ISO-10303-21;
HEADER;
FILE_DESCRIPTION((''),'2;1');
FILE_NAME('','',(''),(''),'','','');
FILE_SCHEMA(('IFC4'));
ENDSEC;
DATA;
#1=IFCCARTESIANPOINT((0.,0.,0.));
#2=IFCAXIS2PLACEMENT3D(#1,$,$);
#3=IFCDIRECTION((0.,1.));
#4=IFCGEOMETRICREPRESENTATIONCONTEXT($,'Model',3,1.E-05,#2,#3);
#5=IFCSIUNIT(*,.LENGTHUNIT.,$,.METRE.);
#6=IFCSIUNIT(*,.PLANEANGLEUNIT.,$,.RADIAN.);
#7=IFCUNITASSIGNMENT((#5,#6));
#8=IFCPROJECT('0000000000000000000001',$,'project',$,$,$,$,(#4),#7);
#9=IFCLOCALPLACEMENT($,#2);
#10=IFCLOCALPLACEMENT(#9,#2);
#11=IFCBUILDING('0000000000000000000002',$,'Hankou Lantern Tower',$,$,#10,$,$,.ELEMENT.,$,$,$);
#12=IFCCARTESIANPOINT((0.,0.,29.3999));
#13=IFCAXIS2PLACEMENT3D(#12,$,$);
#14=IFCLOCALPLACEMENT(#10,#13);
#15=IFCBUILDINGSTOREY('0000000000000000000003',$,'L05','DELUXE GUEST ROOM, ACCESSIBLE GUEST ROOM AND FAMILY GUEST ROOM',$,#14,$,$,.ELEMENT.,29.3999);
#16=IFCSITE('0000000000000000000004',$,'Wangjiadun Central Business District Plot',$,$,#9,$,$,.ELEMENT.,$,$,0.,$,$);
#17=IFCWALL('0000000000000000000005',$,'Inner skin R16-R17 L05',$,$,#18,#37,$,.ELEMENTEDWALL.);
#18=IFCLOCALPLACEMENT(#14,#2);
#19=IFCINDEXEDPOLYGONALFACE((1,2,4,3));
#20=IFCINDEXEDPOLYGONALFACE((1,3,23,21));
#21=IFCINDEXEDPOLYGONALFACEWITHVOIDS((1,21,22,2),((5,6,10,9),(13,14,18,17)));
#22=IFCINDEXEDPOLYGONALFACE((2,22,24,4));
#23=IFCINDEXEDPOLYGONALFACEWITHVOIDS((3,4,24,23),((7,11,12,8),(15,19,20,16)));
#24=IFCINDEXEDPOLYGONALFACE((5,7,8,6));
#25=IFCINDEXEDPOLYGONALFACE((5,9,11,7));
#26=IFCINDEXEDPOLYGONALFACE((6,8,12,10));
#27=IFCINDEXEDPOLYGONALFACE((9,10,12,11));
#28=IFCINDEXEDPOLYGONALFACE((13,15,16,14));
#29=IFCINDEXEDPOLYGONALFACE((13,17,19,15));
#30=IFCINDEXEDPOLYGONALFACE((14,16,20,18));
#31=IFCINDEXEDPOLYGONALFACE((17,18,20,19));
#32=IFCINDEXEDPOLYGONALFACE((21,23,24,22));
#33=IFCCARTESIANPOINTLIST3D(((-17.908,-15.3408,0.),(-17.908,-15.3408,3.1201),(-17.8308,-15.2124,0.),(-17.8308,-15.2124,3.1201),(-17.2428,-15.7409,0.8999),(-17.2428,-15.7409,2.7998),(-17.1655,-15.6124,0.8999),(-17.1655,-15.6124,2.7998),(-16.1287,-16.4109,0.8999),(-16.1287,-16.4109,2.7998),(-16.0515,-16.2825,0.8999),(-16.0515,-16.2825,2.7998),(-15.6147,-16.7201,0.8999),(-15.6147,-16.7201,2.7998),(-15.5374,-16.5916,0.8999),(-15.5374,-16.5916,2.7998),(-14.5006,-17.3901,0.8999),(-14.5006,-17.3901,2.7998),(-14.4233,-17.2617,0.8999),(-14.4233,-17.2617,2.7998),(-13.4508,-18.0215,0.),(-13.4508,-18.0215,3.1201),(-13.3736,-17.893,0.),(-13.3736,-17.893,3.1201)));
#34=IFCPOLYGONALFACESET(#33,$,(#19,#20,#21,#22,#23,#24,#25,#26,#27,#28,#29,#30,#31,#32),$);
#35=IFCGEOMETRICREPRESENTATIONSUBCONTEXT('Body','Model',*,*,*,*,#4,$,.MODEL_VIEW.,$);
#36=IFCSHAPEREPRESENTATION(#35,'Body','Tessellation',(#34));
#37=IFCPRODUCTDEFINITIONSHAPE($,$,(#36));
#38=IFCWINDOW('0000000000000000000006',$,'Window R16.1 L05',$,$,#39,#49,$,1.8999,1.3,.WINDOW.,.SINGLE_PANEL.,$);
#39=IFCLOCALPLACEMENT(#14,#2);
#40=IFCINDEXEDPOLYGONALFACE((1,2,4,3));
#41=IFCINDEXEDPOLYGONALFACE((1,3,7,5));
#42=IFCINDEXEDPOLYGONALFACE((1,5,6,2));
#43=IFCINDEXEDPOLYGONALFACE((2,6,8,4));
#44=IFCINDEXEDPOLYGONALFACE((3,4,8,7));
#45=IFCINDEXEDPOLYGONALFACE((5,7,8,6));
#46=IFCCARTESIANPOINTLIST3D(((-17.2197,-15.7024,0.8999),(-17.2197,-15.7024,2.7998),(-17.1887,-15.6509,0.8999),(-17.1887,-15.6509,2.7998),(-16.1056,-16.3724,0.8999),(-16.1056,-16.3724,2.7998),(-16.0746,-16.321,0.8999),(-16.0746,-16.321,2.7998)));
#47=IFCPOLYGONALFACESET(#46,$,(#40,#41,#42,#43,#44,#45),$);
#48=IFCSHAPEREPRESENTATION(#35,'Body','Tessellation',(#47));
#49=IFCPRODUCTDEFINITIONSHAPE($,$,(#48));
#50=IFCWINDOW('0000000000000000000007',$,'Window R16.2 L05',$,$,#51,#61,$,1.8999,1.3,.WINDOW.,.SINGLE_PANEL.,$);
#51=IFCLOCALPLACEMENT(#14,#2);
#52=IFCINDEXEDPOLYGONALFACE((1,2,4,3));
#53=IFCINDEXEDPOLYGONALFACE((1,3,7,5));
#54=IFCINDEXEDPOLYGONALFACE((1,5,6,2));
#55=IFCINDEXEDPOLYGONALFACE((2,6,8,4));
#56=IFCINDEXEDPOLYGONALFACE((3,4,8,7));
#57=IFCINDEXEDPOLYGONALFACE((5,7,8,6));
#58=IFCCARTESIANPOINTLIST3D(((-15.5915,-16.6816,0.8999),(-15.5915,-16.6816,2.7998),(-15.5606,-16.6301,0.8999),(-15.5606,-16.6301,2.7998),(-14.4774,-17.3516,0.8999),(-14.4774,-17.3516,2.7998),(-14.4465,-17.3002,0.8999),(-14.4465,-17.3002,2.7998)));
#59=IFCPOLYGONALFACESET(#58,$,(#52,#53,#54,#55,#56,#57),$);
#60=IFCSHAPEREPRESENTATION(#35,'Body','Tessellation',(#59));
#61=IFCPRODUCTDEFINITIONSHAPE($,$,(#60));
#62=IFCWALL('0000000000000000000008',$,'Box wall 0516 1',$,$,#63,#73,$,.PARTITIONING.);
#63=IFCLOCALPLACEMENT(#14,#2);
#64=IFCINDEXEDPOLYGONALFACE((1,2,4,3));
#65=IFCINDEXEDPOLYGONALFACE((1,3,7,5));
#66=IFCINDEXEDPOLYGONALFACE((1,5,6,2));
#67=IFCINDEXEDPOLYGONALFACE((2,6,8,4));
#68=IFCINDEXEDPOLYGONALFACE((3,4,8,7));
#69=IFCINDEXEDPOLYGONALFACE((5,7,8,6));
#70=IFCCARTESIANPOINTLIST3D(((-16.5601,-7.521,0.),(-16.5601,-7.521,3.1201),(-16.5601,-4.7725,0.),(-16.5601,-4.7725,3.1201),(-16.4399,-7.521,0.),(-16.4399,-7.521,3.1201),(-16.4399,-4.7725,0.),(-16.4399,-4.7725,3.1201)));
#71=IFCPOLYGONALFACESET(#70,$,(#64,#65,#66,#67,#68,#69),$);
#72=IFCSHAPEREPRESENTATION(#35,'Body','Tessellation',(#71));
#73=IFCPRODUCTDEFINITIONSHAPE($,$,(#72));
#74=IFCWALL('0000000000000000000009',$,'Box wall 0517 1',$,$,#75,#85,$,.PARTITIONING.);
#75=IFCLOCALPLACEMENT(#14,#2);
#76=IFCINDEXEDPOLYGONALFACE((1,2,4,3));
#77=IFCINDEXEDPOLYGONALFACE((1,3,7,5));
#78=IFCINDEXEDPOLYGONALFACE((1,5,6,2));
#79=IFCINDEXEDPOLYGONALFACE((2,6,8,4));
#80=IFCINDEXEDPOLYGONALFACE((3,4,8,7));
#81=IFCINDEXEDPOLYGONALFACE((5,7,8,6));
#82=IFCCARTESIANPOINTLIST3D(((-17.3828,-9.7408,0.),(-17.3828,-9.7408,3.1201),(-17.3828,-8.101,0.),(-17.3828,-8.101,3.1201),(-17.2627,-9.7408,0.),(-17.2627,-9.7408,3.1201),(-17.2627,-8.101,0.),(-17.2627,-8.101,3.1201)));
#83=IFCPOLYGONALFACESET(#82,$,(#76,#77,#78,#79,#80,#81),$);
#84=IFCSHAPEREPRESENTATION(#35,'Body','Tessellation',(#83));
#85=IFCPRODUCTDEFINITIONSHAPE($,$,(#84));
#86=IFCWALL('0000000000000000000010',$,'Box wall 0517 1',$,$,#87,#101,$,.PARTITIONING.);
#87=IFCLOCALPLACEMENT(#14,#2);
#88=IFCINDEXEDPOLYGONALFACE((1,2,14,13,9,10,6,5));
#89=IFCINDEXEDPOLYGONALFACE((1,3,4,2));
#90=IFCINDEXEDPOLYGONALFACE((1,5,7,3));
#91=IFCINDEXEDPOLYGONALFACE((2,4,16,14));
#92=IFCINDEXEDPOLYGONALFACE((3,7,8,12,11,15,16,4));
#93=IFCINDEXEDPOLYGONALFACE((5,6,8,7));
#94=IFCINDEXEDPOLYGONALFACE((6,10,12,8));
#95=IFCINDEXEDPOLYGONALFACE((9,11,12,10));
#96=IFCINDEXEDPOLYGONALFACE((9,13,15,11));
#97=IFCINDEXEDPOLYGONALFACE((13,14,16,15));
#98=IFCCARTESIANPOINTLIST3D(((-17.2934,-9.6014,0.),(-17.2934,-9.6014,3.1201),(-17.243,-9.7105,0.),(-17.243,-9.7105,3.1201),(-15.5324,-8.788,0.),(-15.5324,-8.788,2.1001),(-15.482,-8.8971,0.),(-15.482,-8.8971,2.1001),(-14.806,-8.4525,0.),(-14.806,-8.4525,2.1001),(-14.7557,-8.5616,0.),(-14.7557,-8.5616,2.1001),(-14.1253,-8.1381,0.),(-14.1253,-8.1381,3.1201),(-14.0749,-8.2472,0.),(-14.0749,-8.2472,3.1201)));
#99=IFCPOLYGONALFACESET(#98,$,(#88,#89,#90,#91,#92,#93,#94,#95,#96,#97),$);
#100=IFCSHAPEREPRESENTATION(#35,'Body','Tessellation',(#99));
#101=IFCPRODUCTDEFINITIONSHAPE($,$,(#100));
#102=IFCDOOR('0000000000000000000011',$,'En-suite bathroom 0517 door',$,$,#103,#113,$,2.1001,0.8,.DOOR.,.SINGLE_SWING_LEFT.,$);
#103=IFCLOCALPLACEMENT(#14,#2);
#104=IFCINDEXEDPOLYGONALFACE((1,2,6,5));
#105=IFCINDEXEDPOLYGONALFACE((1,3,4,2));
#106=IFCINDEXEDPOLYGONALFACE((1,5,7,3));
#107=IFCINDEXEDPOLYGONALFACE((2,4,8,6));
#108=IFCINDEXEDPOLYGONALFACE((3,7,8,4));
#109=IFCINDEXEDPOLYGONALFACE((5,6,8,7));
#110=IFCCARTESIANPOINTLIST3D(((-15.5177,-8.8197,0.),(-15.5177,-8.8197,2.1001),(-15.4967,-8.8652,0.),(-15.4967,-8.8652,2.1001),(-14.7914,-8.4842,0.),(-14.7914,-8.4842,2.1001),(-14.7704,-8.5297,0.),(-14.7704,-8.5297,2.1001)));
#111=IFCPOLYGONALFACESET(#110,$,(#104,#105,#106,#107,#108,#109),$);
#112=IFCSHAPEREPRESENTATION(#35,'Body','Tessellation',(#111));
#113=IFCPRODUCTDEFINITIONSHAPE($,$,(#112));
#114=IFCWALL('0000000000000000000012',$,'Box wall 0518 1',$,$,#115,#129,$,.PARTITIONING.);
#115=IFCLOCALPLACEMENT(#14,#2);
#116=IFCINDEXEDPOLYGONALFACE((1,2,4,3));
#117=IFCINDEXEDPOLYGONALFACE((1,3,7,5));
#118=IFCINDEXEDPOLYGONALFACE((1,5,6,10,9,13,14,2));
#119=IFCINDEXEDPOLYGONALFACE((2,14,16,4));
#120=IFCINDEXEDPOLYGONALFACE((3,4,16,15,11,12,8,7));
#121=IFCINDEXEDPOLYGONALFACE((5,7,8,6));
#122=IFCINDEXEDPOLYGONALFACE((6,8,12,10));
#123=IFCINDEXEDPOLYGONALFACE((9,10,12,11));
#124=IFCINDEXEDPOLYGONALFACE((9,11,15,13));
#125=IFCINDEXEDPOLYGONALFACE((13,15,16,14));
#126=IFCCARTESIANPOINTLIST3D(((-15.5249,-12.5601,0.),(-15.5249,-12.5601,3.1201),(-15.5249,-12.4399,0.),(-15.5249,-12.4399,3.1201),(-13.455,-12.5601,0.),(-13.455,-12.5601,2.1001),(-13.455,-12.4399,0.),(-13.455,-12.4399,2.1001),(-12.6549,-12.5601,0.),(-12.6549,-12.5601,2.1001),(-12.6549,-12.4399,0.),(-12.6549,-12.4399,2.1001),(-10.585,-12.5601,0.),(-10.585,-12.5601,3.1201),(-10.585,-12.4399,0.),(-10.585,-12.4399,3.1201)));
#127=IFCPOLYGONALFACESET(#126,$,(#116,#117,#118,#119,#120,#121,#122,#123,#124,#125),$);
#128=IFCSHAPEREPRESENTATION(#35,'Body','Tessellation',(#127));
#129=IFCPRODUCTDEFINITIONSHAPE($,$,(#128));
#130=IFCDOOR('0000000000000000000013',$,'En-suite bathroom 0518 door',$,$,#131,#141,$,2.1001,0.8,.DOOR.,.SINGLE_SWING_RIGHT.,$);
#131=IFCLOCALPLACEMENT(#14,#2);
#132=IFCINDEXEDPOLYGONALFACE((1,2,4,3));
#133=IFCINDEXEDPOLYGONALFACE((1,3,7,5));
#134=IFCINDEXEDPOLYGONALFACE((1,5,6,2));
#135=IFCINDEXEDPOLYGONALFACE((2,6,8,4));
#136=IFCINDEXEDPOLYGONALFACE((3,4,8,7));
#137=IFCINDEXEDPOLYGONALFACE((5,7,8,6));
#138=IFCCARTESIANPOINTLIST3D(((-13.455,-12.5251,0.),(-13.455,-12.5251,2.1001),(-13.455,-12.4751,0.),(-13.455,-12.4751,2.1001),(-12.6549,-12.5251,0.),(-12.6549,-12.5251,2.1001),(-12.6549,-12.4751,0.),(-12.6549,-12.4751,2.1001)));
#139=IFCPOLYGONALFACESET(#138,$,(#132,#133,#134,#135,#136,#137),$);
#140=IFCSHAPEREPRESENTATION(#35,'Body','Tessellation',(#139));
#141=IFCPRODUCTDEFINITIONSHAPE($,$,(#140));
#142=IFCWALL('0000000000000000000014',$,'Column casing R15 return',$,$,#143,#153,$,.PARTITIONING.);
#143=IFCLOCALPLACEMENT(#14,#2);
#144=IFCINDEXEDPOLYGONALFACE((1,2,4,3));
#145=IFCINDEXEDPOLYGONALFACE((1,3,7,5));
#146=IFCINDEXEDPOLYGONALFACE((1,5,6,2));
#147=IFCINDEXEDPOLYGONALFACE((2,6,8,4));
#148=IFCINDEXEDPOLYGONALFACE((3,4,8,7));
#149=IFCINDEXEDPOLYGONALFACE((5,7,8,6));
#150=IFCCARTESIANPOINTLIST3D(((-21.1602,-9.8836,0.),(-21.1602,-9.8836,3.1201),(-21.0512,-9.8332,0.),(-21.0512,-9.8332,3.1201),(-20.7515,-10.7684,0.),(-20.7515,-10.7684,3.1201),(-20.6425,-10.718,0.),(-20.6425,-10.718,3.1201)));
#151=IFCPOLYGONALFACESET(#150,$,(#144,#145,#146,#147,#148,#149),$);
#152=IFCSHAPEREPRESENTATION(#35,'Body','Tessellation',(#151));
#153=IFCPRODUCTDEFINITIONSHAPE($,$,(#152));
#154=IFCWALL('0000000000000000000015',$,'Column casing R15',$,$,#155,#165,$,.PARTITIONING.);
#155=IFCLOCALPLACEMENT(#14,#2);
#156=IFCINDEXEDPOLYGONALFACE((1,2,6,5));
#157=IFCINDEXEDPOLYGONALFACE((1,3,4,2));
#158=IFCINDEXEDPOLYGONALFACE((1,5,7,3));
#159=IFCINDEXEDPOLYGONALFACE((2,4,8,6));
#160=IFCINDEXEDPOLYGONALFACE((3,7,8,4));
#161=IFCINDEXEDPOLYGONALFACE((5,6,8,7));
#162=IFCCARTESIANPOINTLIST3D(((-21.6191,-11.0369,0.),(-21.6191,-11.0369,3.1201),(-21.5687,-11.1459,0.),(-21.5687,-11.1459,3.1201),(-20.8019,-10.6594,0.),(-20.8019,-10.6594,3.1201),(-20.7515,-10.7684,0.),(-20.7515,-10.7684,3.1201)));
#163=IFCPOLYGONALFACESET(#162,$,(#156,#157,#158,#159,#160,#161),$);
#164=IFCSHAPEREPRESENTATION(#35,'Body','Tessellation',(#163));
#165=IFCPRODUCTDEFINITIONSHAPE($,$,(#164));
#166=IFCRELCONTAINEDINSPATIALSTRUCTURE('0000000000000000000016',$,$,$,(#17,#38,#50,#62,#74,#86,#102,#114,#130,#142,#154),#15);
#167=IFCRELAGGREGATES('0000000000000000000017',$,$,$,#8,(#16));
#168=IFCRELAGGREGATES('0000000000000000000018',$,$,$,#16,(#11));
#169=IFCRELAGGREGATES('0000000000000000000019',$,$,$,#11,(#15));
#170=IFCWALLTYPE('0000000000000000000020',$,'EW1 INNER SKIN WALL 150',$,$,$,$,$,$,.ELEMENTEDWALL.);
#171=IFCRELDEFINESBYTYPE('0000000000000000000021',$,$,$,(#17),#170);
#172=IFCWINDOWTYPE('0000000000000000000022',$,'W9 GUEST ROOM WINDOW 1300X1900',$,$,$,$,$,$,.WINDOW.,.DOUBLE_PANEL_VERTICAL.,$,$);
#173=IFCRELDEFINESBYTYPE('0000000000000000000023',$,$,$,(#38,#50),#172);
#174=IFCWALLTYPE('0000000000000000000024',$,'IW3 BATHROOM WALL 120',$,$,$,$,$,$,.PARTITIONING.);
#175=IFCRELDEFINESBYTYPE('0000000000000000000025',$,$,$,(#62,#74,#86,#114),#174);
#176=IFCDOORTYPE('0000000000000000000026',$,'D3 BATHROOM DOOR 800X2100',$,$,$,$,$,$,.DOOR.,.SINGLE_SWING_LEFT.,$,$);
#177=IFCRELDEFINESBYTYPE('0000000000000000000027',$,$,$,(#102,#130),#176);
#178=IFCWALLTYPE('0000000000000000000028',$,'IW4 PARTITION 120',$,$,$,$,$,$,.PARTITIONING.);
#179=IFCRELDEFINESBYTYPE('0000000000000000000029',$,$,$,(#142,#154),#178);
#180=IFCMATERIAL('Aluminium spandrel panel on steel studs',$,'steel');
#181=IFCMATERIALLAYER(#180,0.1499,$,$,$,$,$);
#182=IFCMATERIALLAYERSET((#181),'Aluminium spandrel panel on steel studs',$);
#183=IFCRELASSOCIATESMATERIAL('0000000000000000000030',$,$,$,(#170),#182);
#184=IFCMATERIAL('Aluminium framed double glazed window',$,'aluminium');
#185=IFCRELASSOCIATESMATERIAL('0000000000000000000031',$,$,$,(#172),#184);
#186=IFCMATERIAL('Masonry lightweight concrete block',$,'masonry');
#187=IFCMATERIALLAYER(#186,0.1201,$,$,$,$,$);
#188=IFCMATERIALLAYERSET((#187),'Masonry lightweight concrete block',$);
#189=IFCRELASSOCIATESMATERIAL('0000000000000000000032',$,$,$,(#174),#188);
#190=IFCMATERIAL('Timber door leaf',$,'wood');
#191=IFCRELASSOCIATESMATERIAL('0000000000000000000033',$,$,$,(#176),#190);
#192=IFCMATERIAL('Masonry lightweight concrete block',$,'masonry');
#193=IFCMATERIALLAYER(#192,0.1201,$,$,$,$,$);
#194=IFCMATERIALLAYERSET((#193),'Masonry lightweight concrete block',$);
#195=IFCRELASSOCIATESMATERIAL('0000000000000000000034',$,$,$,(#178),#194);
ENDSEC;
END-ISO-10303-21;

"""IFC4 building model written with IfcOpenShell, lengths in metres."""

from ifc_helpers import new_model, si_unit, direction, frame, frame_2d, origin, place, context, subcontext, project, spatial, rectangle, extrude, material, layer, layer_set, type_object, element, fill, save


model = new_model("IFC4")

# Units and contexts
model_context = context("Model", 3, precision=1e-05, world=origin(), true_north=direction((0.0, 1.0)))
body_context = subcontext(model_context, "Body", "Model", "MODEL_VIEW")
ifc_project = project(units=[si_unit("LENGTHUNIT", "METRE"), si_unit("PLANEANGLEUNIT", "RADIAN")], contexts=[model_context])

# Site, building, storey
site_placement = place(None, origin())
site = spatial("IfcSite", under=ifc_project, at=site_placement, Name="Wangjiadun Central Business District Plot", CompositionType="ELEMENT", RefElevation=0.0)
building_placement = place(site_placement, origin())
building = spatial("IfcBuilding", under=site, at=building_placement, Name="Hankou Lantern Tower", CompositionType="ELEMENT")
storey_placement = place(building_placement, frame((0.0, 0.0, 29.3999)))
storey = spatial("IfcBuildingStorey", under=building, at=storey_placement, Name="L05", Description="DELUXE GUEST ROOM, ACCESSIBLE GUEST ROOM AND FAMILY GUEST ROOM", CompositionType="ELEMENT", Elevation=29.3999)

# Wall, openings, windows
ifc_material_1 = material(Name="Aluminium spandrel panel on steel studs", Category="steel")
ifc_layer_1 = layer(ifc_material_1, 0.1499)
ifc_layer_set_1 = layer_set([ifc_layer_1], Name="Aluminium spandrel panel on steel studs")
wall_type_1 = type_object("IfcWallType", Name="EW1 INNER SKIN WALL 150", PredefinedType="ELEMENTEDWALL", material=ifc_layer_set_1)
ifc_material_2 = material(Name="Aluminium framed double glazed window", Category="aluminium")
window_type = type_object("IfcWindowType", Name="W9 GUEST ROOM WINDOW 1300X1900", PartitioningType="DOUBLE_PANEL_VERTICAL", PredefinedType="WINDOW", material=ifc_material_2)
wall_1_placement = place(storey_placement, frame((-17.8694, -15.2766, 0.0), z_axis=(0.0, 0.0, 1.0), x_axis=(0.856958, -0.515386, 0.0)))
wall_1 = element("IfcWall", 1, at=wall_1_placement, inside=storey, type_object=wall_type_1, Name="Inner skin R16-R17 L05", PredefinedType="ELEMENTEDWALL", context=body_context, shape_type="SweptSolid", body=[
    extrude(rectangle(XDim=5.2012, YDim=0.1499, at=frame_2d((2.6006, 0.0))), origin(), (0.0, 0.0, 1.0), 3.1201),
])
opening_1_placement = place(wall_1_placement, frame((0.7764, 0.0, 0.8999)))
opening_1 = element("IfcOpeningElement", 2, at=opening_1_placement, cuts=wall_1, PredefinedType="OPENING", context=body_context, shape_type="SweptSolid", body=[
    extrude(rectangle(XDim=1.3, YDim=1.8999, at=frame_2d((0.6499, 0.95))), frame((0.0, 0.085, 0.0), z_axis=(0.0, -1.0, 0.0), x_axis=(1.0, 0.0, 0.0)), (0.0, 0.0, 1.0), 0.1699),
])
opening_2_placement = place(wall_1_placement, frame((2.6763, 0.0, 0.8999)))
opening_2 = element("IfcOpeningElement", 3, at=opening_2_placement, cuts=wall_1, PredefinedType="OPENING", context=body_context, shape_type="SweptSolid", body=[
    extrude(rectangle(XDim=1.3, YDim=1.8999, at=frame_2d((0.6499, 0.95))), frame((0.0, 0.085, 0.0), z_axis=(0.0, -1.0, 0.0), x_axis=(1.0, 0.0, 0.0)), (0.0, 0.0, 1.0), 0.1699),
])
window_1_placement = place(opening_1_placement, origin())
window_1 = element("IfcWindow", 4, at=window_1_placement, inside=storey, type_object=window_type, Name="Window R16.1 L05", OverallHeight=1.8999, OverallWidth=1.3, PartitioningType="SINGLE_PANEL", PredefinedType="WINDOW", context=body_context, shape_type="SweptSolid", body=[
    extrude(rectangle(XDim=1.3, YDim=1.8999, at=frame_2d((0.6499, 0.95))), frame((0.0, 0.03, 0.0), z_axis=(0.0, -1.0, 0.0), x_axis=(1.0, 0.0, 0.0)), (0.0, 0.0, 1.0), 0.0601),
])
fill(opening_1, window_1)
window_2_placement = place(opening_2_placement, origin())
window_2 = element("IfcWindow", 5, at=window_2_placement, inside=storey, type_object=window_type, Name="Window R16.2 L05", OverallHeight=1.8999, OverallWidth=1.3, PartitioningType="SINGLE_PANEL", PredefinedType="WINDOW", context=body_context, shape_type="SweptSolid", body=[
    extrude(rectangle(XDim=1.3, YDim=1.8999, at=frame_2d((0.6499, 0.95))), frame((0.0, 0.03, 0.0), z_axis=(0.0, -1.0, 0.0), x_axis=(1.0, 0.0, 0.0)), (0.0, 0.0, 1.0), 0.0601),
])
fill(opening_2, window_2)

# Walls
ifc_material_3 = material(Name="Masonry lightweight concrete block", Category="masonry")
ifc_layer_2 = layer(ifc_material_3, 0.1201)
ifc_layer_set_2 = layer_set([ifc_layer_2], Name="Masonry lightweight concrete block")
wall_type_2 = type_object("IfcWallType", Name="IW3 BATHROOM WALL 120", PredefinedType="PARTITIONING", material=ifc_layer_set_2)
wall_2_placement = place(storey_placement, frame((-16.5, -7.521, 0.0), z_axis=(0.0, 0.0, 1.0), x_axis=(0.0, 1.0, 0.0)))
element("IfcWall", 6, at=wall_2_placement, inside=storey, type_object=wall_type_2, Name="Box wall 0516 1", PredefinedType="PARTITIONING", context=body_context, shape_type="SweptSolid", body=[
    extrude(rectangle(XDim=2.7485, YDim=0.1201, at=frame_2d((1.3743, 0.0))), origin(), (0.0, 0.0, 1.0), 3.1201),
])
wall_3_placement = place(storey_placement, frame((-17.3228, -8.1011, 0.0), z_axis=(0.0, 0.0, 1.0), x_axis=(0.0, -1.0, 0.0)))
element("IfcWall", 7, at=wall_3_placement, inside=storey, type_object=wall_type_2, Name="Box wall 0517 1", PredefinedType="PARTITIONING", context=body_context, shape_type="SweptSolid", body=[
    extrude(rectangle(XDim=1.6399, YDim=0.1201, at=frame_2d((0.8198, 0.0))), origin(), (0.0, 0.0, 1.0), 3.1201),
])

# Walls, openings, doors
wall_4_placement = place(storey_placement, frame((-14.1001, -8.1926, 0.0), z_axis=(0.0, 0.0, 1.0), x_axis=(-0.907836, -0.419324, 0.0)))
wall_4 = element("IfcWall", 8, at=wall_4_placement, inside=storey, type_object=wall_type_2, Name="Box wall 0517 1", PredefinedType="PARTITIONING", context=body_context, shape_type="SweptSolid", body=[
    extrude(rectangle(XDim=3.4897, YDim=0.1201, at=frame_2d((1.7449, 0.0))), origin(), (0.0, 0.0, 1.0), 3.1201),
])
opening_3_placement = place(wall_4_placement, frame((0.75, 0.0, 0.0)))
opening_3 = element("IfcOpeningElement", 9, at=opening_3_placement, cuts=wall_4, PredefinedType="OPENING", context=body_context, shape_type="SweptSolid", body=[
    extrude(rectangle(XDim=0.8, YDim=2.1001, at=frame_2d((0.3999, 1.05))), frame((0.0, 0.0701, 0.0), z_axis=(0.0, -1.0, 0.0), x_axis=(1.0, 0.0, 0.0)), (0.0, 0.0, 1.0), 0.1401),
])
ifc_material_4 = material(Name="Timber door leaf", Category="wood")
door_type = type_object("IfcDoorType", Name="D3 BATHROOM DOOR 800X2100", OperationType="SINGLE_SWING_LEFT", PredefinedType="DOOR", material=ifc_material_4)
door_1_placement = place(opening_3_placement, origin())
door_1 = element("IfcDoor", 10, at=door_1_placement, inside=storey, type_object=door_type, Name="En-suite bathroom 0517 door", OperationType="SINGLE_SWING_LEFT", OverallHeight=2.1001, OverallWidth=0.8, PredefinedType="DOOR", context=body_context, shape_type="SweptSolid", body=[
    extrude(rectangle(XDim=0.8, YDim=2.1001, at=frame_2d((0.3999, 1.05))), frame((0.0, 0.0249, 0.0), z_axis=(0.0, -1.0, 0.0), x_axis=(1.0, 0.0, 0.0)), (0.0, 0.0, 1.0), 0.05),
])
fill(opening_3, door_1)
wall_5_placement = place(storey_placement, frame((-15.5249, -12.5, 0.0), z_axis=(0.0, 0.0, 1.0), x_axis=(1.0, 0.0, 0.0)))
wall_5 = element("IfcWall", 11, at=wall_5_placement, inside=storey, type_object=wall_type_2, Name="Box wall 0518 1", PredefinedType="PARTITIONING", context=body_context, shape_type="SweptSolid", body=[
    extrude(rectangle(XDim=4.9399, YDim=0.1201, at=frame_2d((2.47, 0.0))), origin(), (0.0, 0.0, 1.0), 3.1201),
])
opening_4_placement = place(wall_5_placement, frame((2.0701, 0.0, 0.0)))
opening_4 = element("IfcOpeningElement", 12, at=opening_4_placement, cuts=wall_5, PredefinedType="OPENING", context=body_context, shape_type="SweptSolid", body=[
    extrude(rectangle(XDim=0.8, YDim=2.1001, at=frame_2d((0.3999, 1.05))), frame((0.0, 0.0701, 0.0), z_axis=(0.0, -1.0, 0.0), x_axis=(1.0, 0.0, 0.0)), (0.0, 0.0, 1.0), 0.1401),
])
door_2_placement = place(opening_4_placement, origin())
door_2 = element("IfcDoor", 13, at=door_2_placement, inside=storey, type_object=door_type, Name="En-suite bathroom 0518 door", OperationType="SINGLE_SWING_RIGHT", OverallHeight=2.1001, OverallWidth=0.8, PredefinedType="DOOR", context=body_context, shape_type="SweptSolid", body=[
    extrude(rectangle(XDim=0.8, YDim=2.1001, at=frame_2d((0.3999, 1.05))), frame((0.0, 0.0249, 0.0), z_axis=(0.0, -1.0, 0.0), x_axis=(1.0, 0.0, 0.0)), (0.0, 0.0, 1.0), 0.05),
])
fill(opening_4, door_2)

# Walls
ifc_material_5 = material(Name="Masonry lightweight concrete block", Category="masonry")
ifc_layer_3 = layer(ifc_material_5, 0.1201)
ifc_layer_set_3 = layer_set([ifc_layer_3], Name="Masonry lightweight concrete block")
wall_type_3 = type_object("IfcWallType", Name="IW4 PARTITION 120", PredefinedType="PARTITIONING", material=ifc_layer_set_3)
wall_6_placement = place(storey_placement, frame((-21.1057, -9.8584, 0.0), z_axis=(0.0, 0.0, 1.0), x_axis=(0.419344, -0.907827, 0.0)))
element("IfcWall", 14, at=wall_6_placement, inside=storey, type_object=wall_type_3, Name="Column casing R15 return", PredefinedType="PARTITIONING", context=body_context, shape_type="SweptSolid", body=[
    extrude(rectangle(XDim=0.9746, YDim=0.1201, at=frame_2d((0.4873, 0.0))), origin(), (0.0, 0.0, 1.0), 3.1201),
])
wall_7_placement = place(storey_placement, frame((-20.7766, -10.7139, 0.0), z_axis=(0.0, 0.0, 1.0), x_axis=(-0.907832, -0.419333, 0.0)))
element("IfcWall", 15, at=wall_7_placement, inside=storey, type_object=wall_type_3, Name="Column casing R15", PredefinedType="PARTITIONING", context=body_context, shape_type="SweptSolid", body=[
    extrude(rectangle(XDim=0.9001, YDim=0.1201, at=frame_2d((0.4502, 0.0))), origin(), (0.0, 0.0, 1.0), 3.1201),
])

save(model, "model.ifc")
